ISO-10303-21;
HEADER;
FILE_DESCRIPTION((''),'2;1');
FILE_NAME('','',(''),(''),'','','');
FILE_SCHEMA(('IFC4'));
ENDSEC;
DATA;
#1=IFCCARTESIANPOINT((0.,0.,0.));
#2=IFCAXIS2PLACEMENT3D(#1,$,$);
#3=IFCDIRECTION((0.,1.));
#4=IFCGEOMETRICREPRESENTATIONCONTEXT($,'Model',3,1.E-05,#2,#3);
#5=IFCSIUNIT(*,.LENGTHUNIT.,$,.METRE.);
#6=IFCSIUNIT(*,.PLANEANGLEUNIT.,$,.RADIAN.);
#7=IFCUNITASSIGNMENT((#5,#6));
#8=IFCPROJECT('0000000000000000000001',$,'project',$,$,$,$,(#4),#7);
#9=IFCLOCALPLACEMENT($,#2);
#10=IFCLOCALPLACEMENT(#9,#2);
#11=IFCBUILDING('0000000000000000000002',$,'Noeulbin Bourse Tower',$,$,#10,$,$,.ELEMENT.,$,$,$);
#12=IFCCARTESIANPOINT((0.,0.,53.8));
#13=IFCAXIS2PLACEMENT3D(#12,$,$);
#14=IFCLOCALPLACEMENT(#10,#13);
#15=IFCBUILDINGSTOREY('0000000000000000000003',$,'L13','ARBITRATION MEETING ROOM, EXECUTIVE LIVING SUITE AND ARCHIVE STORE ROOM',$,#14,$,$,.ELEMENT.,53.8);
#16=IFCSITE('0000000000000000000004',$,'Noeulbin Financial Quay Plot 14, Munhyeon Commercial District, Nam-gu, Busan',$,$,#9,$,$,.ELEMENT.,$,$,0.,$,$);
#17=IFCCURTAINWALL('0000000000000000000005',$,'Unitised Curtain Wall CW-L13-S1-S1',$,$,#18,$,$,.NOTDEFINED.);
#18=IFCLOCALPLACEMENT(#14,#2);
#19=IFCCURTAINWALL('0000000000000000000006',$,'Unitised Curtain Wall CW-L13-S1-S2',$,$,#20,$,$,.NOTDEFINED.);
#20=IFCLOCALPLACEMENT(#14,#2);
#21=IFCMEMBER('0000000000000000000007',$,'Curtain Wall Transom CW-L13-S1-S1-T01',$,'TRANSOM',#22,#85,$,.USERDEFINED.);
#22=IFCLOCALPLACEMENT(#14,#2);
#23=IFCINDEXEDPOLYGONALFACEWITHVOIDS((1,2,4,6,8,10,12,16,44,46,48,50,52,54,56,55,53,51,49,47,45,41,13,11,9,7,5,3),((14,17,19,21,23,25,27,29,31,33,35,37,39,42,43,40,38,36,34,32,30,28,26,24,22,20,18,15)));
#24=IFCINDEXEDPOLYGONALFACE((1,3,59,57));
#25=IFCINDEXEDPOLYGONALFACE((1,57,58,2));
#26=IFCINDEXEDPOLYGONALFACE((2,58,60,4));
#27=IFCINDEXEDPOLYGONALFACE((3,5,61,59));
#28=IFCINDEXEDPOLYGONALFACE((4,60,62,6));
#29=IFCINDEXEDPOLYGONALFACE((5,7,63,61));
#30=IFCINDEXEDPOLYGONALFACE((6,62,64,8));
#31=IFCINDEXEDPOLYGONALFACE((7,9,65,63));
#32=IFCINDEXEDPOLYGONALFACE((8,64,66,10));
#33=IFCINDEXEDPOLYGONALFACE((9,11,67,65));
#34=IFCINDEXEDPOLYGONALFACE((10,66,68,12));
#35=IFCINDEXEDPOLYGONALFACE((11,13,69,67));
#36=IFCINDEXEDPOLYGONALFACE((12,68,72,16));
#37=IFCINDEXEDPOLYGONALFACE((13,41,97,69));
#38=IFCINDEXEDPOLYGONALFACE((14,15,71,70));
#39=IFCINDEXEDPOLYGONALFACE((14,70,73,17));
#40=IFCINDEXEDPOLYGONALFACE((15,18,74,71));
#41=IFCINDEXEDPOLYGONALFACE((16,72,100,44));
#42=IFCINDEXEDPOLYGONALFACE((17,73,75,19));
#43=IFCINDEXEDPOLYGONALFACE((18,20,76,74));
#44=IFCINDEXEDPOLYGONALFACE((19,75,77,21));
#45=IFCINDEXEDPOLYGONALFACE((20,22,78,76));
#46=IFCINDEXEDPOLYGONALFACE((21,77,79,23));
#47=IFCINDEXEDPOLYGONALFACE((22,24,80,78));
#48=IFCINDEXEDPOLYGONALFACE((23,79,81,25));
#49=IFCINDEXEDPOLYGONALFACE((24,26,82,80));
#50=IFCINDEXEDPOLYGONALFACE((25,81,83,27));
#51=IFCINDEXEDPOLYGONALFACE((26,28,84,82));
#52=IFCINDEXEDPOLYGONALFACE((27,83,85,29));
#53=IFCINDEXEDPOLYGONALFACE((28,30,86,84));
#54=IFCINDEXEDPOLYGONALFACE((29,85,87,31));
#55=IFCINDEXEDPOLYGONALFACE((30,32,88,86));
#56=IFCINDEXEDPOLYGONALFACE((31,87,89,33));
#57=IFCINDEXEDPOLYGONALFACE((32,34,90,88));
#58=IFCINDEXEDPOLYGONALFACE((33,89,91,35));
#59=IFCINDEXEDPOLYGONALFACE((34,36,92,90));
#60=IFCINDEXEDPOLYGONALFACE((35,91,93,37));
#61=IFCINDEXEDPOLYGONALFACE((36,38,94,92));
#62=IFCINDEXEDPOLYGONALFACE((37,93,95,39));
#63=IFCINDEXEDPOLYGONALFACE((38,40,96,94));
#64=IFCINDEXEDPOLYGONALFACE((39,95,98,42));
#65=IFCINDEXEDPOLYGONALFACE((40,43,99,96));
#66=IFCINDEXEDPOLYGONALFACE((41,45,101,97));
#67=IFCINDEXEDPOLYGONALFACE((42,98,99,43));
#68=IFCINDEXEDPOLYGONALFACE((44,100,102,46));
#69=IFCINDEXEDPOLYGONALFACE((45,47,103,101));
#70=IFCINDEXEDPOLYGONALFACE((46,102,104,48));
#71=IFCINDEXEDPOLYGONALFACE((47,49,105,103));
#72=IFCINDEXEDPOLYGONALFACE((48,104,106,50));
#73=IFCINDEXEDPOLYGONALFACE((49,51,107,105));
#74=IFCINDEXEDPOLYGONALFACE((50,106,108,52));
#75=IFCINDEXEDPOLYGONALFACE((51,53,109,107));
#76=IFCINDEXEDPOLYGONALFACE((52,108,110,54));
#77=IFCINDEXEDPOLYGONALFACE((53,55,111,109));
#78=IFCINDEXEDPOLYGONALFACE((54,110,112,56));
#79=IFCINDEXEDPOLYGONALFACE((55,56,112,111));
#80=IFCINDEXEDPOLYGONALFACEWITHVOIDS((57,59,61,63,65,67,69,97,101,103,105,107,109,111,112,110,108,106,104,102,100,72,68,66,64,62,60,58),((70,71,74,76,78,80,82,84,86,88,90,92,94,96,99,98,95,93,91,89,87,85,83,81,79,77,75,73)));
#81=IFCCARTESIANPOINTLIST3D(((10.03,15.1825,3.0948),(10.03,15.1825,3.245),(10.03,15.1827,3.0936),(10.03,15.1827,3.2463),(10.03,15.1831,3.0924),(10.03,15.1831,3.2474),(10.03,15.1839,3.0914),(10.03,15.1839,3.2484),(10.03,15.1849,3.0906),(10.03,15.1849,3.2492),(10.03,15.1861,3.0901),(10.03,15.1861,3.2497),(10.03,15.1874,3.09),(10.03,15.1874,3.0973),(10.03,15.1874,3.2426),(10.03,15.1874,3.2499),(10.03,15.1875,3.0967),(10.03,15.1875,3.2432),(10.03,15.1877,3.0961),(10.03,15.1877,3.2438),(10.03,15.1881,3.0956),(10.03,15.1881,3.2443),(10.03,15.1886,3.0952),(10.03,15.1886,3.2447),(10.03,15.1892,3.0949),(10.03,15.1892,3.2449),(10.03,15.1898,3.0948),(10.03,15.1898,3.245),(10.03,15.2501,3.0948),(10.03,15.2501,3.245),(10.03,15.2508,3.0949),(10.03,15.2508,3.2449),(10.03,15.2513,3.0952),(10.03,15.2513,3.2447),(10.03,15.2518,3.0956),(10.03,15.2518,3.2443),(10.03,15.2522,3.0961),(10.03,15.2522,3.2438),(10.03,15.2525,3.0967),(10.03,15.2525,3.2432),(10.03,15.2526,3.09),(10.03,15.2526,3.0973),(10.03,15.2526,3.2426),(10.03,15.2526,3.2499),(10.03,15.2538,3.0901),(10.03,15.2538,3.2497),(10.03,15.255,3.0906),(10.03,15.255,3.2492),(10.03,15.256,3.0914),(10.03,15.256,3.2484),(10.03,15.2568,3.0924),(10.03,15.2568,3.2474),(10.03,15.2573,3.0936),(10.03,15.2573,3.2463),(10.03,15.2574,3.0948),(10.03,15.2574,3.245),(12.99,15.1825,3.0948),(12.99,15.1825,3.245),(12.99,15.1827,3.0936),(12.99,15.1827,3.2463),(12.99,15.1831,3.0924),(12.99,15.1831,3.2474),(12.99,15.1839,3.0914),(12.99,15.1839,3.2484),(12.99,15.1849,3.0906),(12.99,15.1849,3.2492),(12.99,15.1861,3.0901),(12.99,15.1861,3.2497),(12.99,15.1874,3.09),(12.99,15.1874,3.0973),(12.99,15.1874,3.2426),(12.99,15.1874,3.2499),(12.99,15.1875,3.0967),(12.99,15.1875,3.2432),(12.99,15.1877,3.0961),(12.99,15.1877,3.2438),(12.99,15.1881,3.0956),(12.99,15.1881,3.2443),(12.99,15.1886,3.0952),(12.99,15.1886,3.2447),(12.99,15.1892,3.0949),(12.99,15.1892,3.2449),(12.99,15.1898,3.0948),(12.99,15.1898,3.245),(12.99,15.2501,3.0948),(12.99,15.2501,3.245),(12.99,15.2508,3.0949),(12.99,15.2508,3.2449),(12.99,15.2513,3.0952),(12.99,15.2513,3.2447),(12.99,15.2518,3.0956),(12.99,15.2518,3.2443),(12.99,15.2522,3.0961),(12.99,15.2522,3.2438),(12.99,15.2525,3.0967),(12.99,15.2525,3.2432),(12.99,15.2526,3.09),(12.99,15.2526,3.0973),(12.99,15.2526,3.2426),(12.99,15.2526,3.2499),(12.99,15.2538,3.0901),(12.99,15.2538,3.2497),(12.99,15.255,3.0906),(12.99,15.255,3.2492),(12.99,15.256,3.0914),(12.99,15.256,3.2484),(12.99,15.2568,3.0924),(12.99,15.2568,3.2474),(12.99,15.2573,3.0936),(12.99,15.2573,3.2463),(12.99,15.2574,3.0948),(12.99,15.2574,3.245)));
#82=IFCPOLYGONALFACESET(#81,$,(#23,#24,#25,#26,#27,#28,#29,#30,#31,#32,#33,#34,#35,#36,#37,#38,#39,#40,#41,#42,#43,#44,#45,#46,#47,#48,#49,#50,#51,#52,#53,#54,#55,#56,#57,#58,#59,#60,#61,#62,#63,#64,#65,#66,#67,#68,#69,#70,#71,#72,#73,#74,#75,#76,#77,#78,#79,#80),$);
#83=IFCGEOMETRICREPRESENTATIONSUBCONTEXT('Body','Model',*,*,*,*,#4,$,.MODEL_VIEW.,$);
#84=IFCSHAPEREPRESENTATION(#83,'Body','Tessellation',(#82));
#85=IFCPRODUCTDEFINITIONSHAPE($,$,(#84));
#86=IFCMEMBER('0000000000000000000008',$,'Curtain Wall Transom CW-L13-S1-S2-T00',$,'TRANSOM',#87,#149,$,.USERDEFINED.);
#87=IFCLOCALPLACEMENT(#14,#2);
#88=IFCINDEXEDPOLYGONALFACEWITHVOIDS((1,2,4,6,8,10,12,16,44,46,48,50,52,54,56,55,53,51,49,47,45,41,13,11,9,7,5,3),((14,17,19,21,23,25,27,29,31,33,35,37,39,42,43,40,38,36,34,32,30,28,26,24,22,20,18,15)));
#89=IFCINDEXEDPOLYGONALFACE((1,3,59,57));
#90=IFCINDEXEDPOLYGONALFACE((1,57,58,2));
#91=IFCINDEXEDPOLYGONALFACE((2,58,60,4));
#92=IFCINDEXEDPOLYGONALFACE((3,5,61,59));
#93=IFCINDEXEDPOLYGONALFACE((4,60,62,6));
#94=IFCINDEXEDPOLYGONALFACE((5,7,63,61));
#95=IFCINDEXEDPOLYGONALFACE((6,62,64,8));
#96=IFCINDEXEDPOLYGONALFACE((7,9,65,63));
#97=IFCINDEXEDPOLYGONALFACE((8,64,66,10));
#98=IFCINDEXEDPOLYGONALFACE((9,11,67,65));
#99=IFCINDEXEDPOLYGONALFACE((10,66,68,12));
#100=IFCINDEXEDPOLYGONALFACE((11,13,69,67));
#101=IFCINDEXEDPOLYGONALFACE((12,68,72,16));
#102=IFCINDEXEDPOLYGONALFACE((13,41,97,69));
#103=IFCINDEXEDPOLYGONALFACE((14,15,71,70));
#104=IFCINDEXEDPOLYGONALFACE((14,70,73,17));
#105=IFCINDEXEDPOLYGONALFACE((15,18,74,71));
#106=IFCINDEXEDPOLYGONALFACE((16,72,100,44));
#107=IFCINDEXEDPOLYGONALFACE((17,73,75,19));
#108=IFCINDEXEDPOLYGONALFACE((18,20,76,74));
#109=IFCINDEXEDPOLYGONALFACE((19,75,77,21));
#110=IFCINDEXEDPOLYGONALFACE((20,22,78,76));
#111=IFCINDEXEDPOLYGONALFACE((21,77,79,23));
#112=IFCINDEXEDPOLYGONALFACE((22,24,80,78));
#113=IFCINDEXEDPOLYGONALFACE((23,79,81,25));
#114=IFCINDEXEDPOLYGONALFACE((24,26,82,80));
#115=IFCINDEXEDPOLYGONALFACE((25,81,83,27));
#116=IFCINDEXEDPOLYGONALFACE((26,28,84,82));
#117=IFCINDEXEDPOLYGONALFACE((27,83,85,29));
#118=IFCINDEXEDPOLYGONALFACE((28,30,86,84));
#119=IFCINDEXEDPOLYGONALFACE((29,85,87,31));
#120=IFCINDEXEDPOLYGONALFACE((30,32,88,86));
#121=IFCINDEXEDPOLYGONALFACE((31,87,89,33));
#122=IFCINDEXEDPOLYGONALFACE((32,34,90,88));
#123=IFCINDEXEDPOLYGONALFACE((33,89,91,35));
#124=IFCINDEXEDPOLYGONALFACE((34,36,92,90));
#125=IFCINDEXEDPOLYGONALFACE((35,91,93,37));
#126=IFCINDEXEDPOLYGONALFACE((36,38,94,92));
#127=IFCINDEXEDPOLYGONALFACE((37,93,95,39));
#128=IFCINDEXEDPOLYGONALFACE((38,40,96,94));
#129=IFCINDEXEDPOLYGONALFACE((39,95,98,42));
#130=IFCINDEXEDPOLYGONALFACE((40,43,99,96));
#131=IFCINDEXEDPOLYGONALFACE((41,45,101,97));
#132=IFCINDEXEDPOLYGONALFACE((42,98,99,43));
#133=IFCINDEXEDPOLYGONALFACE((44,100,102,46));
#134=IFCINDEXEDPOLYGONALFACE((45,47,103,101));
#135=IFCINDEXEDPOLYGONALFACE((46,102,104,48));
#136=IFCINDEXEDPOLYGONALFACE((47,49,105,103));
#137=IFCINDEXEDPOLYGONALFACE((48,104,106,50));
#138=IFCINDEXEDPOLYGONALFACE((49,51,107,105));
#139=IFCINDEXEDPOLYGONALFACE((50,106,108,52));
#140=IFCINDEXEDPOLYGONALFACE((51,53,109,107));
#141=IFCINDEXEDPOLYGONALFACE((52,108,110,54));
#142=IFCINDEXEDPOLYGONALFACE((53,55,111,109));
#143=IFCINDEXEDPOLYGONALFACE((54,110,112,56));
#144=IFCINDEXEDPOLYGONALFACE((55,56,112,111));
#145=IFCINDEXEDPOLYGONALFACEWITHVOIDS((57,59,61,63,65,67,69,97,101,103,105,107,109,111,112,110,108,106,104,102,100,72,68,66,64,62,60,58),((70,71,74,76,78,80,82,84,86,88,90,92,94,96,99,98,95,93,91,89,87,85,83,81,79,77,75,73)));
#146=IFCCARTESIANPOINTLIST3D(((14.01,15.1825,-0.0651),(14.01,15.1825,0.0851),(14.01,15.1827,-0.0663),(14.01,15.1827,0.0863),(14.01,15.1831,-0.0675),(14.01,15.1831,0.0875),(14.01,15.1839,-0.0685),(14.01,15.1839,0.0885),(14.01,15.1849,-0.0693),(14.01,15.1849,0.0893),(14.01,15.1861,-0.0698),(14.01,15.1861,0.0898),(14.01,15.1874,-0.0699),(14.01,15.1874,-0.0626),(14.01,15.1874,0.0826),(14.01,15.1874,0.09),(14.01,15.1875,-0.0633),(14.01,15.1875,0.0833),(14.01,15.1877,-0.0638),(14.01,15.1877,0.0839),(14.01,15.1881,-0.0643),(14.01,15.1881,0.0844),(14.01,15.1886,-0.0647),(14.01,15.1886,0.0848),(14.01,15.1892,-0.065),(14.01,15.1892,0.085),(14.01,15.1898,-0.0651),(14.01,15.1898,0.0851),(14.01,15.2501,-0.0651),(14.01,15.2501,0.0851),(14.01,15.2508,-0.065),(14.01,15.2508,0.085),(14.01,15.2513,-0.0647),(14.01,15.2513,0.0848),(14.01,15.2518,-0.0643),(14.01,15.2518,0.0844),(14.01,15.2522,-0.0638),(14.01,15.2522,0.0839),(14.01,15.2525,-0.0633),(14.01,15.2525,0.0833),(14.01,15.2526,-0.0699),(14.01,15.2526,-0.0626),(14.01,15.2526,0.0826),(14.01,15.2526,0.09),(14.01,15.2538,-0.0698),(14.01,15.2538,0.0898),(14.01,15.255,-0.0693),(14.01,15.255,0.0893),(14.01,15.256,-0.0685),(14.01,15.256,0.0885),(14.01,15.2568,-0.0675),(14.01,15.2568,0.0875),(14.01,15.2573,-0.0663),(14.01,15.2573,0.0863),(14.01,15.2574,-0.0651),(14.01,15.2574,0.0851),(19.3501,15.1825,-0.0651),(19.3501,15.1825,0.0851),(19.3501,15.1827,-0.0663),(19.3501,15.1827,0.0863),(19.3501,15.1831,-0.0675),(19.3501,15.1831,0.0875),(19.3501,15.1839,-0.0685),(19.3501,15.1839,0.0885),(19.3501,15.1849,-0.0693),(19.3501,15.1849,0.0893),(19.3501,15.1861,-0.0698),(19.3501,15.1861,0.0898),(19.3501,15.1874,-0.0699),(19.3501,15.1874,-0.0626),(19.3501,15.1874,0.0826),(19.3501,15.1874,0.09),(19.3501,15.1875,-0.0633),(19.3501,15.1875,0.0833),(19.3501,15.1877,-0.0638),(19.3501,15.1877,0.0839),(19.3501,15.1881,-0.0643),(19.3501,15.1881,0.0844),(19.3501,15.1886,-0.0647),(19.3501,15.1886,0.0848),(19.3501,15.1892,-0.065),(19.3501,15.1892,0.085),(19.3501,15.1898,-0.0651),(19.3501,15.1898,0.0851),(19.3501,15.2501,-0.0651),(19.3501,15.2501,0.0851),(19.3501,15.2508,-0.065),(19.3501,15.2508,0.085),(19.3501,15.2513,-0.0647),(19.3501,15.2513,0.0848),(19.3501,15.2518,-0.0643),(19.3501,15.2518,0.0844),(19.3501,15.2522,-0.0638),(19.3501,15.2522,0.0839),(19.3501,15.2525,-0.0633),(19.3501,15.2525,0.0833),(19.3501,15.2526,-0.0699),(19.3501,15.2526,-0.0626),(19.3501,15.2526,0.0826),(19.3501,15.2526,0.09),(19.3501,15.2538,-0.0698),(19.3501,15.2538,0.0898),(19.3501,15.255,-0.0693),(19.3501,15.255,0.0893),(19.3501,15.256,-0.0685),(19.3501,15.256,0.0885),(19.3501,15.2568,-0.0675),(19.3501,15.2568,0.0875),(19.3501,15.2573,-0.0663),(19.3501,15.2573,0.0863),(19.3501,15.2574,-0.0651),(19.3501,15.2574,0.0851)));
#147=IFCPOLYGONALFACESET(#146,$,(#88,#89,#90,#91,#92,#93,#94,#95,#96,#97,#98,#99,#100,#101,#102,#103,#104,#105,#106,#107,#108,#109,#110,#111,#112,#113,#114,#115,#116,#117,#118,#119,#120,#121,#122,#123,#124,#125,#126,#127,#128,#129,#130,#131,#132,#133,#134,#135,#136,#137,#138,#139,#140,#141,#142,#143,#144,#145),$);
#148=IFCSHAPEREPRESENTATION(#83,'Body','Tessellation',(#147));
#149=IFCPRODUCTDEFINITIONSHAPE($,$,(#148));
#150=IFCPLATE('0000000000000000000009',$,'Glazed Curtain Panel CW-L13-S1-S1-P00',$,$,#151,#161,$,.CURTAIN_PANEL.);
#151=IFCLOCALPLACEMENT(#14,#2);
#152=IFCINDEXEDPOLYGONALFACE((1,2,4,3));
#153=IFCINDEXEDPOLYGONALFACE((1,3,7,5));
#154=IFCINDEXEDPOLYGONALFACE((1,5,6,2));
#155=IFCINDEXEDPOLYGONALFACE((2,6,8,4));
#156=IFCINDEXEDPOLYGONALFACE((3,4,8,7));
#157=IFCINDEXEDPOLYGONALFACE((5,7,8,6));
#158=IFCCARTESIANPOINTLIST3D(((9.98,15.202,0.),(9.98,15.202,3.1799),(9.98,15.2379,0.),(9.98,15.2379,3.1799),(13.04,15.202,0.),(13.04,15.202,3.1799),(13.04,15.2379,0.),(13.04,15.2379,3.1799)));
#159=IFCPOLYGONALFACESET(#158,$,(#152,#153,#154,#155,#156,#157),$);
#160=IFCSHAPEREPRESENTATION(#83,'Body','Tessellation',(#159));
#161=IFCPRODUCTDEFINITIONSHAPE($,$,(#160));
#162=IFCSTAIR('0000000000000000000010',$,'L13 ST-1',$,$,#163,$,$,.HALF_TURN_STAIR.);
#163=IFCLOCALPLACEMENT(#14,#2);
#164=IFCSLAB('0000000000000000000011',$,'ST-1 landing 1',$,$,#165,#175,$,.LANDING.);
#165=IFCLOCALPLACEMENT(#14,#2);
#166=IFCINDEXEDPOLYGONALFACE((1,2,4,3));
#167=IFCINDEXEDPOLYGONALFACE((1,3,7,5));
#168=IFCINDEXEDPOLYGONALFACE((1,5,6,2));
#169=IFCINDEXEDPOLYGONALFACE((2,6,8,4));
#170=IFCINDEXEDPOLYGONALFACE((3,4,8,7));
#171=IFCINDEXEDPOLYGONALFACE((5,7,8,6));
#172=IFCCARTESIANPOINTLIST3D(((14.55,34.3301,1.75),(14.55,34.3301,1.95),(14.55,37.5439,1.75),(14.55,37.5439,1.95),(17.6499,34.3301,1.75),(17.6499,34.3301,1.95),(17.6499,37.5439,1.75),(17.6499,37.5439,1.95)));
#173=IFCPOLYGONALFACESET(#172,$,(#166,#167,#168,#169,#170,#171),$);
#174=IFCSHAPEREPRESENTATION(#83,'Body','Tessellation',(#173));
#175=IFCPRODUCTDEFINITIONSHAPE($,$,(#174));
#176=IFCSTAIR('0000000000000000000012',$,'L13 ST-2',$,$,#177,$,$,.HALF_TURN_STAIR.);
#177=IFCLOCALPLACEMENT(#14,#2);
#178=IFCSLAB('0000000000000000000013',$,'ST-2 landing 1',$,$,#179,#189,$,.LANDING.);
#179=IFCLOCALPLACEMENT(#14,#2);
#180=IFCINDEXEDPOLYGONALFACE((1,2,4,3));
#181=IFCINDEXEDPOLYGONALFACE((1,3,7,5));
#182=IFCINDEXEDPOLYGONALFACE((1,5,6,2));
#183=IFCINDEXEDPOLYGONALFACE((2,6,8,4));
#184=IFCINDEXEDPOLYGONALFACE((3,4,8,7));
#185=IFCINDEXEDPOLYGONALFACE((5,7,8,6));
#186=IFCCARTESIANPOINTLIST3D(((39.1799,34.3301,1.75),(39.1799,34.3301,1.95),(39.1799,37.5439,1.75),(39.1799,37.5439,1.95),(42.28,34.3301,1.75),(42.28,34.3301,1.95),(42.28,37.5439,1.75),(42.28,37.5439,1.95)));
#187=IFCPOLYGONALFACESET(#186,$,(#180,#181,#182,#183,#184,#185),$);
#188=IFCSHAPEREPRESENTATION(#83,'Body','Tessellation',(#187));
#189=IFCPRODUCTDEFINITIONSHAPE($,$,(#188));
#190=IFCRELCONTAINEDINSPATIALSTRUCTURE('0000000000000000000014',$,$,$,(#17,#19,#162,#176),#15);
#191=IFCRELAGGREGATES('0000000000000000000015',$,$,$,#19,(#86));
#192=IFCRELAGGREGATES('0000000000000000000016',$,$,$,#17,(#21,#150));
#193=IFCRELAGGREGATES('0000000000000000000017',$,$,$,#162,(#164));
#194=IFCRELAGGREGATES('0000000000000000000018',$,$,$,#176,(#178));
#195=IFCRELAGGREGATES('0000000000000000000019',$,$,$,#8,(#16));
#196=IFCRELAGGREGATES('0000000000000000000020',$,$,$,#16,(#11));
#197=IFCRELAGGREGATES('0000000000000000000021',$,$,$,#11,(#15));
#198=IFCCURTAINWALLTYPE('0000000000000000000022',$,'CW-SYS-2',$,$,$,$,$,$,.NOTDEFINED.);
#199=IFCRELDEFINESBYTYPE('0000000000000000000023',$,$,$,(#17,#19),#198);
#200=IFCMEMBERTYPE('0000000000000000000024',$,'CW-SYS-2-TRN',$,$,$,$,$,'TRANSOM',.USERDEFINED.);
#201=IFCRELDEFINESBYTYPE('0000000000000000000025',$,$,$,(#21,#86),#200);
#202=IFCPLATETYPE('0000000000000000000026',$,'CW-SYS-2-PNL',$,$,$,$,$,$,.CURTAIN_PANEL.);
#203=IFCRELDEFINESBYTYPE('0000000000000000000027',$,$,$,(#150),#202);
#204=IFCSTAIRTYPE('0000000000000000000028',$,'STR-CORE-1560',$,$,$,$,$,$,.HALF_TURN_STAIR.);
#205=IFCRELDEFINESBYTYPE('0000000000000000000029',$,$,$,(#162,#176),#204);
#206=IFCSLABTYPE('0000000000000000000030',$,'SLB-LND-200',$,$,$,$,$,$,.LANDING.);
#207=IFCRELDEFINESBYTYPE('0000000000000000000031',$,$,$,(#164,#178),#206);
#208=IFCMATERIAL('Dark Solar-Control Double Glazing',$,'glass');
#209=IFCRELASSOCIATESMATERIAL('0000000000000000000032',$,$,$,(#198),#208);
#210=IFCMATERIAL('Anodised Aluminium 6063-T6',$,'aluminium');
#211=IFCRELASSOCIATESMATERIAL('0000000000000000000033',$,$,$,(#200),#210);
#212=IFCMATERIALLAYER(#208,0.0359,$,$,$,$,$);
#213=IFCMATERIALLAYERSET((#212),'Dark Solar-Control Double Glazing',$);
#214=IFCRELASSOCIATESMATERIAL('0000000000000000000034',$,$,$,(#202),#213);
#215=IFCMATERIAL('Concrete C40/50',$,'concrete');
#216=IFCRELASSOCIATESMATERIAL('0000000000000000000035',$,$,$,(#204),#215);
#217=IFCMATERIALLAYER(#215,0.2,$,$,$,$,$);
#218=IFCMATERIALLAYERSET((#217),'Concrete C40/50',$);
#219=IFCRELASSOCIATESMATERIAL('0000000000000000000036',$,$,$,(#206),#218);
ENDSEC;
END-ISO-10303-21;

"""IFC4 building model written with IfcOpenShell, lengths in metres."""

from ifc_helpers import new_model, si_unit, direction, frame, origin, origin_2d, place, context, subcontext, project, spatial, polyline, rectangle, hollow_rectangle, outline, extrude, material, layer, layer_set, material_profile, profile_set, type_object, element, aggregate, save


model = new_model("IFC4")

# Units and contexts
model_context = context("Model", 3, precision=1e-05, world=origin(), true_north=direction((0.0, 1.0)))
body_context = subcontext(model_context, "Body", "Model", "MODEL_VIEW")
ifc_project = project(units=[si_unit("LENGTHUNIT", "METRE"), si_unit("PLANEANGLEUNIT", "RADIAN")], contexts=[model_context])

# Site, building, storey
site_placement = place(None, origin())
site = spatial("IfcSite", under=ifc_project, at=site_placement, Name="Noeulbin Financial Quay Plot 14, Munhyeon Commercial District, Nam-gu, Busan", CompositionType="ELEMENT", RefElevation=0.0)
building_placement = place(site_placement, origin())
building = spatial("IfcBuilding", under=site, at=building_placement, Name="Noeulbin Bourse Tower", CompositionType="ELEMENT")
storey_placement = place(building_placement, frame((0.0, 0.0, 53.8)))
storey = spatial("IfcBuildingStorey", under=building, at=storey_placement, Name="L13", Description="ARBITRATION MEETING ROOM, EXECUTIVE LIVING SUITE AND ARCHIVE STORE ROOM", CompositionType="ELEMENT", Elevation=53.8)

# Curtain wall
ifc_material_1 = material(Name="Dark Solar-Control Double Glazing", Category="glass")
curtain_wall_type = type_object("IfcCurtainWallType", Name="CW-SYS-2", PredefinedType="NOTDEFINED", material=ifc_material_1)
curtain_wall_1_placement = place(storey_placement, origin())
curtain_wall_1 = element("IfcCurtainWall", 1, at=curtain_wall_1_placement, inside=storey, type_object=curtain_wall_type, Name="Unitised Curtain Wall CW-L13-S1-S1", PredefinedType="NOTDEFINED")
ifc_material_2 = material(Name="Anodised Aluminium 6063-T6", Category="aluminium")

# Curtain wall
curtain_wall_2_placement = place(storey_placement, origin())
curtain_wall_2 = element("IfcCurtainWall", 2, at=curtain_wall_2_placement, inside=storey, type_object=curtain_wall_type, Name="Unitised Curtain Wall CW-L13-S1-S2", PredefinedType="NOTDEFINED")

# Members
ifc_material_profile_1 = material_profile(ifc_material_2, hollow_rectangle(XDim=0.075, YDim=0.1599, WallThickness=0.0049, InnerFilletRadius=0.0024, OuterFilletRadius=0.0049, at=origin_2d()), Name="ALU-TRAN-75x160x5", Category="LoadBearing")
ifc_profile_set_1 = profile_set([ifc_material_profile_1], Name="Anodised Aluminium 6063-T6")
member_type_1 = type_object("IfcMemberType", Name="CW-SYS-2-TRN", ElementType="TRANSOM", PredefinedType="USERDEFINED", material=ifc_profile_set_1)
member_1_placement = place(storey_placement, frame((10.03, 15.22, 3.1699), z_axis=(1.0, 0.0, 0.0), x_axis=(0.0, 1.0, 0.0)))
member_1 = element("IfcMember", 3, at=member_1_placement, type_object=member_type_1, Name="Curtain Wall Transom CW-L13-S1-S1-T01", ObjectType="TRANSOM", PredefinedType="USERDEFINED", context=body_context, shape_type="SweptSolid", body=[
    extrude(hollow_rectangle(XDim=0.075, YDim=0.1599, WallThickness=0.0049, InnerFilletRadius=0.0024, OuterFilletRadius=0.0049, at=origin_2d()), origin(), (0.0, 0.0, 1.0), 2.96),
])
member_2_placement = place(storey_placement, frame((14.01, 15.22, 0.01), z_axis=(1.0, 0.0, 0.0), x_axis=(0.0, 1.0, 0.0)))
member_2 = element("IfcMember", 4, at=member_2_placement, type_object=member_type_1, Name="Curtain Wall Transom CW-L13-S1-S2-T00", ObjectType="TRANSOM", PredefinedType="USERDEFINED", context=body_context, shape_type="SweptSolid", body=[
    extrude(hollow_rectangle(XDim=0.075, YDim=0.1599, WallThickness=0.0049, InnerFilletRadius=0.0024, OuterFilletRadius=0.0049, at=origin_2d()), origin(), (0.0, 0.0, 1.0), 5.3401),
])
aggregate(curtain_wall_2, [member_2])

# Plate
ifc_layer_1 = layer(ifc_material_1, 0.0359)
ifc_layer_set_1 = layer_set([ifc_layer_1], Name="Dark Solar-Control Double Glazing")
plate_type = type_object("IfcPlateType", Name="CW-SYS-2-PNL", PredefinedType="CURTAIN_PANEL", material=ifc_layer_set_1)
plate_placement = place(storey_placement, frame((11.51, 15.22, 0.0), z_axis=(0.0, 0.0, 1.0), x_axis=(1.0, 0.0, 0.0)))
plate = element("IfcPlate", 5, at=plate_placement, type_object=plate_type, Name="Glazed Curtain Panel CW-L13-S1-S1-P00", PredefinedType="CURTAIN_PANEL", context=body_context, shape_type="SweptSolid", body=[
    extrude(rectangle(XDim=3.0601, YDim=0.0359, at=origin_2d()), origin(), (0.0, 0.0, 1.0), 3.1799),
])
aggregate(curtain_wall_1, [member_1, plate])

# Stairs, slabs
ifc_material_3 = material(Name="Concrete C40/50", Category="concrete")
stair_type = type_object("IfcStairType", Name="STR-CORE-1560", PredefinedType="HALF_TURN_STAIR", material=ifc_material_3)
stair_1_placement = place(storey_placement, origin())
stair_1 = element("IfcStair", 6, at=stair_1_placement, inside=storey, type_object=stair_type, Name="L13 ST-1", PredefinedType="HALF_TURN_STAIR")
ifc_layer_2 = layer(ifc_material_3, 0.2)
ifc_layer_set_2 = layer_set([ifc_layer_2], Name="Concrete C40/50")
slab_type_1 = type_object("IfcSlabType", Name="SLB-LND-200", PredefinedType="LANDING", material=ifc_layer_set_2)
slab_1_placement = place(storey_placement, frame((0.0, 0.0, 1.75)))
slab_1 = element("IfcSlab", 7, at=slab_1_placement, type_object=slab_type_1, Name="ST-1 landing 1", PredefinedType="LANDING", context=body_context, shape_type="SweptSolid", body=[
    extrude(outline(polyline([(17.6499, 34.3301), (17.6499, 37.5439), (14.55, 37.5439), (14.55, 34.3301), (17.6499, 34.3301)])), origin(), (0.0, 0.0, 1.0), 0.2),
])
aggregate(stair_1, [slab_1])
stair_2_placement = place(storey_placement, origin())
stair_2 = element("IfcStair", 8, at=stair_2_placement, inside=storey, type_object=stair_type, Name="L13 ST-2", PredefinedType="HALF_TURN_STAIR")
slab_2_placement = place(storey_placement, frame((0.0, 0.0, 1.75)))
slab_2 = element("IfcSlab", 9, at=slab_2_placement, type_object=slab_type_1, Name="ST-2 landing 1", PredefinedType="LANDING", context=body_context, shape_type="SweptSolid", body=[
    extrude(outline(polyline([(42.28, 34.3301), (42.28, 37.5439), (39.1799, 37.5439), (39.1799, 34.3301), (42.28, 34.3301)])), origin(), (0.0, 0.0, 1.0), 0.2),
])
aggregate(stair_2, [slab_2])

save(model, "model.ifc")
